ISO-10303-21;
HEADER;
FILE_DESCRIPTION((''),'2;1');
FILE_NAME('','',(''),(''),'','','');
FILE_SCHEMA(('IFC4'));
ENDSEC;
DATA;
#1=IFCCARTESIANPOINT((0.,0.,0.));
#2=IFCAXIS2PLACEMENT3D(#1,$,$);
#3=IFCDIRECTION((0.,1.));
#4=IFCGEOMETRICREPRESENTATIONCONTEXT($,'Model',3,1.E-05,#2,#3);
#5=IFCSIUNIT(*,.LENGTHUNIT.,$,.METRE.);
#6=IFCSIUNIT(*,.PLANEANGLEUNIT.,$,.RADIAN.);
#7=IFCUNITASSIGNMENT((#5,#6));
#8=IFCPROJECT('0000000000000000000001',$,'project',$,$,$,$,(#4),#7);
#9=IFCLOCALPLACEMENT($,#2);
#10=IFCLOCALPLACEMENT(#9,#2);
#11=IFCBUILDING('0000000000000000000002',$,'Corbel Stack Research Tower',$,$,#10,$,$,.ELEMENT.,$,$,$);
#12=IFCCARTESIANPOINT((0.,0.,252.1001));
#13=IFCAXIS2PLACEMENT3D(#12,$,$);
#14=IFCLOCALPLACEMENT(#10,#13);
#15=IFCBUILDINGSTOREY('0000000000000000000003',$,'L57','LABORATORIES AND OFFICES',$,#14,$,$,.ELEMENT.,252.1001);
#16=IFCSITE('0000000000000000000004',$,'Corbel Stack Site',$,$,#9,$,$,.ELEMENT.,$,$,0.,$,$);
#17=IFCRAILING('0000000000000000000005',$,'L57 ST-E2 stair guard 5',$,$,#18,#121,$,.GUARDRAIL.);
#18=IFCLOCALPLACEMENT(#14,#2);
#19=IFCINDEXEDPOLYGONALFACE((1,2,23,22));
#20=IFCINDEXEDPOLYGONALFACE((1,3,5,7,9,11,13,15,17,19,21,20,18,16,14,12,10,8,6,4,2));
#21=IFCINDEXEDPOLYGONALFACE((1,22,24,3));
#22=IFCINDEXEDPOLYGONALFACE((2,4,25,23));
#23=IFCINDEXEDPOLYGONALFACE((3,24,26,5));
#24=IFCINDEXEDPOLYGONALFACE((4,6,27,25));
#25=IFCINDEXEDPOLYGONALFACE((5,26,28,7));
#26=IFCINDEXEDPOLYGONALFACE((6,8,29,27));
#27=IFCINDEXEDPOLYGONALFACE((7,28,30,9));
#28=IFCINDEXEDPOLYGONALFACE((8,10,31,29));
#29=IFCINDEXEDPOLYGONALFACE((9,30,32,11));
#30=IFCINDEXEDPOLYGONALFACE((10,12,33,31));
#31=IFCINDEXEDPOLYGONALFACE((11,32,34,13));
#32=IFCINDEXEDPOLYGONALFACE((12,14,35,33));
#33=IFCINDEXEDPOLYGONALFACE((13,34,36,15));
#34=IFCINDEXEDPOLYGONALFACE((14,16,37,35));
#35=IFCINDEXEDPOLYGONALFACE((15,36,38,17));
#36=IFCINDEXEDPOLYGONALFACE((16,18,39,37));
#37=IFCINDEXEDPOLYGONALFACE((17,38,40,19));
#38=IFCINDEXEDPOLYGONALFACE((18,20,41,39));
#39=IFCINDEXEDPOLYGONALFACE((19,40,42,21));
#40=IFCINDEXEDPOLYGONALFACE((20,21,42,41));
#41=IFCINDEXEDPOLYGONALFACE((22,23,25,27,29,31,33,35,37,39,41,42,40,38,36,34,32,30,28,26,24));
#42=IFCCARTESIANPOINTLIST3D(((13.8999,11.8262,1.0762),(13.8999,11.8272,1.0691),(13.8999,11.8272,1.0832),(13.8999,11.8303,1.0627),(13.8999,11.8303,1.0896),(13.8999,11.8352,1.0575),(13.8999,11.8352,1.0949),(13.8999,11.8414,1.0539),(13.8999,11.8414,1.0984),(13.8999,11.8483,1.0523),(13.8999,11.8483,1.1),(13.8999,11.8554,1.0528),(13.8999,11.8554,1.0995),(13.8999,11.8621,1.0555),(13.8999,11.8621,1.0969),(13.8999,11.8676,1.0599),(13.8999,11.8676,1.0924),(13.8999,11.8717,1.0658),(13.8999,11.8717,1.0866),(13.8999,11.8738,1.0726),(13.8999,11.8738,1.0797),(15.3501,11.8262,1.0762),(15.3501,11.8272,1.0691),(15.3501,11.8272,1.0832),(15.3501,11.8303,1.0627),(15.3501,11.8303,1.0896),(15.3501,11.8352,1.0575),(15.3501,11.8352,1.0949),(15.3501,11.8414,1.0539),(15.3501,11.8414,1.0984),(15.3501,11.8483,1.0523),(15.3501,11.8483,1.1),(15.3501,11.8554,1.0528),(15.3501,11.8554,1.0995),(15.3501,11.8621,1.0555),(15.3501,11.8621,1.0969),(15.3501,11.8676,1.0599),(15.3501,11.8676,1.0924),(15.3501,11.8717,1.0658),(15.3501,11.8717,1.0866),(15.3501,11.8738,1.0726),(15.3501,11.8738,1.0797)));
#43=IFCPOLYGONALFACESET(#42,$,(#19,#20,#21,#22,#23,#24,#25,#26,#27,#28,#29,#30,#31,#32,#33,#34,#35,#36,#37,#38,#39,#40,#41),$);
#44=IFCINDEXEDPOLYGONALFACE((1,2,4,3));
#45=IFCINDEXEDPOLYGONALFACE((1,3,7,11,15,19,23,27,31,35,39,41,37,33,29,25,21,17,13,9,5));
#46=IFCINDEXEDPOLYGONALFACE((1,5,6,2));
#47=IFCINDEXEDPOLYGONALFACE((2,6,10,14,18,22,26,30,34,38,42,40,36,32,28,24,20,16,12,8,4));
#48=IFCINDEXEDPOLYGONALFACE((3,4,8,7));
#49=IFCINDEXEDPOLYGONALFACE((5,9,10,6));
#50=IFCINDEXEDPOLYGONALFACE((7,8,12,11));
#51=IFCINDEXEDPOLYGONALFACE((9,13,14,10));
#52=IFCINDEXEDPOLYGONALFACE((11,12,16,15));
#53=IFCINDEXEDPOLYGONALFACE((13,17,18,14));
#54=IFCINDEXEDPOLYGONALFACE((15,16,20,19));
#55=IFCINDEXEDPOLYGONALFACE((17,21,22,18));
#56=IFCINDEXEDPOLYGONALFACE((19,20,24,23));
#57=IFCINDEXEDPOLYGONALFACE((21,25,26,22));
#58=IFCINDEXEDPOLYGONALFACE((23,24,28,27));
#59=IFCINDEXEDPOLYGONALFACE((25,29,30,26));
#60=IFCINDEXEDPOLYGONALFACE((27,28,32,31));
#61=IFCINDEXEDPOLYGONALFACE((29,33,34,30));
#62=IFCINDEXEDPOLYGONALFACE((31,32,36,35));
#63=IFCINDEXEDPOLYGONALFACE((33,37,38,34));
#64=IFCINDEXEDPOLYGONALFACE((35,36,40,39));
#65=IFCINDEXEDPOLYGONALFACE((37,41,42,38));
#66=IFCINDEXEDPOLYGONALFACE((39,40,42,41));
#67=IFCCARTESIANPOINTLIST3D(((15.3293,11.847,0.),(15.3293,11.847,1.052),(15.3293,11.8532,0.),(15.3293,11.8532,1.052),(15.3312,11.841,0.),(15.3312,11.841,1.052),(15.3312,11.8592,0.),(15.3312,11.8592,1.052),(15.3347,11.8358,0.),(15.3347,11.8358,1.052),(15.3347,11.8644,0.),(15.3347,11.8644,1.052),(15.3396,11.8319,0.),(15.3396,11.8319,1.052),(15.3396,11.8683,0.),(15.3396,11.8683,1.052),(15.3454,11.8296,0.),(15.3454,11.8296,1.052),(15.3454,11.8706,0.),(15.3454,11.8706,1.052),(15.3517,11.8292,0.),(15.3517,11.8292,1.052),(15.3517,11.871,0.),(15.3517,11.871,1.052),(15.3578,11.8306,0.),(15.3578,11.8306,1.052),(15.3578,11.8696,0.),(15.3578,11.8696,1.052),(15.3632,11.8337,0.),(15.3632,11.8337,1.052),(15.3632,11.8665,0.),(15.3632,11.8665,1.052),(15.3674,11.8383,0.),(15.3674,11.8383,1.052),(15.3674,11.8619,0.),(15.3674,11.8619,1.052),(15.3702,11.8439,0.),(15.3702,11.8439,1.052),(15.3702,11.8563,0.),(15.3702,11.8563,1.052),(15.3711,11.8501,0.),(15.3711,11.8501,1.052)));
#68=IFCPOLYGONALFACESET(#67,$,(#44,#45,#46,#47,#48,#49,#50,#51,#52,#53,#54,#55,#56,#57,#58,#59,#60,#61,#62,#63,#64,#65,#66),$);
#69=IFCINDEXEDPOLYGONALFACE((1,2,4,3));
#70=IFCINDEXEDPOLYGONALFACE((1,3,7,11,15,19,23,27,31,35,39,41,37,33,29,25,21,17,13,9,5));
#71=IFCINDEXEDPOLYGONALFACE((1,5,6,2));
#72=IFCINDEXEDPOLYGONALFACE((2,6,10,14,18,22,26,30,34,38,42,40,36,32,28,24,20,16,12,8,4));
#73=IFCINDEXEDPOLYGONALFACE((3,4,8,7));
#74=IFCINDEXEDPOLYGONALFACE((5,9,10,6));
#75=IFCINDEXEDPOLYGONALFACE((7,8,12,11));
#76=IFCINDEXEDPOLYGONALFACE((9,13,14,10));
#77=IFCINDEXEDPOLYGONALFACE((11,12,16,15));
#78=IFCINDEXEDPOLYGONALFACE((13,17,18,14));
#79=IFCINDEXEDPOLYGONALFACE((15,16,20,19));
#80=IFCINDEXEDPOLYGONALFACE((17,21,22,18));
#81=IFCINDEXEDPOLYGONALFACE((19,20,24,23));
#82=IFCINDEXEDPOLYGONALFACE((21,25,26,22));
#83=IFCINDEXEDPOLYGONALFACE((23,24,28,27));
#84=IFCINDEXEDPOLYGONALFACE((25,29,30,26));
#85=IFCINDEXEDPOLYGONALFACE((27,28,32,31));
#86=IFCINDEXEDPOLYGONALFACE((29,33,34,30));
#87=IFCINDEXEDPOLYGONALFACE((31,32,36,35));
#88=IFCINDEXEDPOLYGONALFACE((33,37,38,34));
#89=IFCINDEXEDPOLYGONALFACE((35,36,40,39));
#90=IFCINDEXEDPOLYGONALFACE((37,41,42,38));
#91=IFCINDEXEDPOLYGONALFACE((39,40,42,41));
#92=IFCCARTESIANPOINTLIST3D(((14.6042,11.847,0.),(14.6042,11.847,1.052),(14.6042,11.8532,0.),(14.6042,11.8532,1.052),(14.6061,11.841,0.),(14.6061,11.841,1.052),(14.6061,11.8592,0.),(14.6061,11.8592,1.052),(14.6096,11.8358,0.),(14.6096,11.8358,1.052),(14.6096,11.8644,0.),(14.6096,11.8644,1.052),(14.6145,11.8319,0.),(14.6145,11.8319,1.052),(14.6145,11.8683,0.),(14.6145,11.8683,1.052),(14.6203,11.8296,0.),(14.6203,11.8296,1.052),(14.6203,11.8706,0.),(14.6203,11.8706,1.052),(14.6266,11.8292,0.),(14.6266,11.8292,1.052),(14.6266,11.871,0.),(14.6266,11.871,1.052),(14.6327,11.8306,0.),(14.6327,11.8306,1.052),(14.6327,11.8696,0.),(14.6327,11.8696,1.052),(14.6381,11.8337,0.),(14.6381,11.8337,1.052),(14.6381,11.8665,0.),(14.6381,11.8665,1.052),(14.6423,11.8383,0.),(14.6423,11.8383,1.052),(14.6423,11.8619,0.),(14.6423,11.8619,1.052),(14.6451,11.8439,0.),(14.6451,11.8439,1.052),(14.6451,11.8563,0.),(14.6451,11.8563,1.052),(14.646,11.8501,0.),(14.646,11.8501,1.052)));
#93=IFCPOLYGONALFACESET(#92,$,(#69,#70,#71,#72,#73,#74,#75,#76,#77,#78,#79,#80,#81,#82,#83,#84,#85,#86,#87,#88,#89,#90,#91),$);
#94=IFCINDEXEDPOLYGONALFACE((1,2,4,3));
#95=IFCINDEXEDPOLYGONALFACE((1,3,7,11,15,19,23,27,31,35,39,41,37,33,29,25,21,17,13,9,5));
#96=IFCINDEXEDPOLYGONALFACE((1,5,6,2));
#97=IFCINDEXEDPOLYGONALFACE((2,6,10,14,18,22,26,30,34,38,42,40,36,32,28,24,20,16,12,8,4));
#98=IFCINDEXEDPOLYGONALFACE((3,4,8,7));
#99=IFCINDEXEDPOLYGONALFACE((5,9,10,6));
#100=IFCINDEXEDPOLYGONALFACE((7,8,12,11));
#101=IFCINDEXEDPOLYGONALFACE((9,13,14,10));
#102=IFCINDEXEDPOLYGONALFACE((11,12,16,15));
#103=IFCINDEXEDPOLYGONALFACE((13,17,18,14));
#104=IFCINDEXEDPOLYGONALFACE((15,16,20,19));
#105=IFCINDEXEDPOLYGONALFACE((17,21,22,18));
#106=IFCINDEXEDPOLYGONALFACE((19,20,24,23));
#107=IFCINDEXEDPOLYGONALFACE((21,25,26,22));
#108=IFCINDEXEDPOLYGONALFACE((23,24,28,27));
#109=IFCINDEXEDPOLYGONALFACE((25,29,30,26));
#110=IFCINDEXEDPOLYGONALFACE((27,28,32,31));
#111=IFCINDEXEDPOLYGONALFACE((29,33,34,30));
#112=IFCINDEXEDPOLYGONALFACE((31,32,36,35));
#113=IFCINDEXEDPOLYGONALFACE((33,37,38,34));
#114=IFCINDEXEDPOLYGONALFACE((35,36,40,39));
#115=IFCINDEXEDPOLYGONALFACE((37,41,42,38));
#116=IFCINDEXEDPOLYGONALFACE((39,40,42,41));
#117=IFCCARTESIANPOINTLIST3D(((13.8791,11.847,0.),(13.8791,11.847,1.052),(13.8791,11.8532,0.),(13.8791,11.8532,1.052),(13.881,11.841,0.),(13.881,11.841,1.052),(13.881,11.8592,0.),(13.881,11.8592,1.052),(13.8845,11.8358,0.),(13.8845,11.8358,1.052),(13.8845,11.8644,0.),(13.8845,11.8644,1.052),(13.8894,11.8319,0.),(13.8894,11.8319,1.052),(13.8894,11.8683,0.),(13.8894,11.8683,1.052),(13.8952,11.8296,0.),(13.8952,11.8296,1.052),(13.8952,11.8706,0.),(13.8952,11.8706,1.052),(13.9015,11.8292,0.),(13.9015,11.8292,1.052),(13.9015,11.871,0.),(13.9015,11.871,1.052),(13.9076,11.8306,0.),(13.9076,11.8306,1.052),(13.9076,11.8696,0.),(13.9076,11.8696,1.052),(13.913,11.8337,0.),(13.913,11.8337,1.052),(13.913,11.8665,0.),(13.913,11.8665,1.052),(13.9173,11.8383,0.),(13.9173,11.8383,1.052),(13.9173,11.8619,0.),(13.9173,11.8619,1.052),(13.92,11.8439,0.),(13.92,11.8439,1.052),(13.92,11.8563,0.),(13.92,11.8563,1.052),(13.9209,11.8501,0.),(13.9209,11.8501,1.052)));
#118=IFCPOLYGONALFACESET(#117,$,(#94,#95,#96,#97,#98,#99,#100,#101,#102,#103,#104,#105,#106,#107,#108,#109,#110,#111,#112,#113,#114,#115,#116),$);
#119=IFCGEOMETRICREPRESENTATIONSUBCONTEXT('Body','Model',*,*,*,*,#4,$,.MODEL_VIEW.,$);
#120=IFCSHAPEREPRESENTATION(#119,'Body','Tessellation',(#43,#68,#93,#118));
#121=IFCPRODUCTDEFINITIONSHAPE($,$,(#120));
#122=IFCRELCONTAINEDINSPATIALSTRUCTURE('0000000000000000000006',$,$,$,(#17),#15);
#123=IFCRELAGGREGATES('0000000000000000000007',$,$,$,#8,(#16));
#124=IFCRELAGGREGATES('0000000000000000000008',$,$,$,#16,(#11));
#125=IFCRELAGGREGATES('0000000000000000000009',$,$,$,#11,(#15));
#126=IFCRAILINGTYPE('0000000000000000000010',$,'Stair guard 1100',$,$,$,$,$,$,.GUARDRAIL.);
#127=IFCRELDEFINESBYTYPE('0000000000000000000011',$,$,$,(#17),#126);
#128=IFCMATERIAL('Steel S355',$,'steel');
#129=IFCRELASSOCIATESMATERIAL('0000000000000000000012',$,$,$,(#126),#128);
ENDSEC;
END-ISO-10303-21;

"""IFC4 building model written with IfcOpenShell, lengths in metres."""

from ifc_helpers import new_model, si_unit, direction, frame, origin, origin_2d, place, context, subcontext, project, spatial, circle, extrude, material, type_object, element, save


model = new_model("IFC4")

# Units and contexts
model_context = context("Model", 3, precision=1e-05, world=origin(), true_north=direction((0.0, 1.0)))
body_context = subcontext(model_context, "Body", "Model", "MODEL_VIEW")
ifc_project = project(units=[si_unit("LENGTHUNIT", "METRE"), si_unit("PLANEANGLEUNIT", "RADIAN")], contexts=[model_context])

# Site, building, storey
site_placement = place(None, origin())
site = spatial("IfcSite", under=ifc_project, at=site_placement, Name="Corbel Stack Site", CompositionType="ELEMENT", RefElevation=0.0)
building_placement = place(site_placement, origin())
building = spatial("IfcBuilding", under=site, at=building_placement, Name="Corbel Stack Research Tower", CompositionType="ELEMENT")
storey_placement = place(building_placement, frame((0.0, 0.0, 252.1001)))
storey = spatial("IfcBuildingStorey", under=building, at=storey_placement, Name="L57", Description="LABORATORIES AND OFFICES", CompositionType="ELEMENT", Elevation=252.1001)

# Railing
ifc_material_1 = material(Name="Steel S355", Category="steel")
railing_type = type_object("IfcRailingType", Name="Stair guard 1100", PredefinedType="GUARDRAIL", material=ifc_material_1)
railing_1_placement = place(storey_placement, frame((15.3501, 11.8501, 0.0)))
element("IfcRailing", 1, at=railing_1_placement, inside=storey, type_object=railing_type, Name="L57 ST-E2 stair guard 5", PredefinedType="GUARDRAIL", context=body_context, shape_type="SweptSolid", body=[
    extrude(circle(Radius=0.0239, at=origin_2d()), frame((0.0, 0.0, 1.0762), z_axis=(-1.0, 0.0, 0.0), x_axis=(0.0, -1.0, 0.0)), (0.0, 0.0, 1.0), 1.4502),
    extrude(circle(Radius=0.021, at=origin_2d()), origin(), (0.0, 0.0, 1.0), 1.052),
    extrude(circle(Radius=0.021, at=origin_2d()), frame((-0.7251, 0.0, 0.0)), (0.0, 0.0, 1.0), 1.052),
    extrude(circle(Radius=0.021, at=origin_2d()), frame((-1.4502, 0.0, 0.0)), (0.0, 0.0, 1.0), 1.052),
])

save(model, "model.ifc")
